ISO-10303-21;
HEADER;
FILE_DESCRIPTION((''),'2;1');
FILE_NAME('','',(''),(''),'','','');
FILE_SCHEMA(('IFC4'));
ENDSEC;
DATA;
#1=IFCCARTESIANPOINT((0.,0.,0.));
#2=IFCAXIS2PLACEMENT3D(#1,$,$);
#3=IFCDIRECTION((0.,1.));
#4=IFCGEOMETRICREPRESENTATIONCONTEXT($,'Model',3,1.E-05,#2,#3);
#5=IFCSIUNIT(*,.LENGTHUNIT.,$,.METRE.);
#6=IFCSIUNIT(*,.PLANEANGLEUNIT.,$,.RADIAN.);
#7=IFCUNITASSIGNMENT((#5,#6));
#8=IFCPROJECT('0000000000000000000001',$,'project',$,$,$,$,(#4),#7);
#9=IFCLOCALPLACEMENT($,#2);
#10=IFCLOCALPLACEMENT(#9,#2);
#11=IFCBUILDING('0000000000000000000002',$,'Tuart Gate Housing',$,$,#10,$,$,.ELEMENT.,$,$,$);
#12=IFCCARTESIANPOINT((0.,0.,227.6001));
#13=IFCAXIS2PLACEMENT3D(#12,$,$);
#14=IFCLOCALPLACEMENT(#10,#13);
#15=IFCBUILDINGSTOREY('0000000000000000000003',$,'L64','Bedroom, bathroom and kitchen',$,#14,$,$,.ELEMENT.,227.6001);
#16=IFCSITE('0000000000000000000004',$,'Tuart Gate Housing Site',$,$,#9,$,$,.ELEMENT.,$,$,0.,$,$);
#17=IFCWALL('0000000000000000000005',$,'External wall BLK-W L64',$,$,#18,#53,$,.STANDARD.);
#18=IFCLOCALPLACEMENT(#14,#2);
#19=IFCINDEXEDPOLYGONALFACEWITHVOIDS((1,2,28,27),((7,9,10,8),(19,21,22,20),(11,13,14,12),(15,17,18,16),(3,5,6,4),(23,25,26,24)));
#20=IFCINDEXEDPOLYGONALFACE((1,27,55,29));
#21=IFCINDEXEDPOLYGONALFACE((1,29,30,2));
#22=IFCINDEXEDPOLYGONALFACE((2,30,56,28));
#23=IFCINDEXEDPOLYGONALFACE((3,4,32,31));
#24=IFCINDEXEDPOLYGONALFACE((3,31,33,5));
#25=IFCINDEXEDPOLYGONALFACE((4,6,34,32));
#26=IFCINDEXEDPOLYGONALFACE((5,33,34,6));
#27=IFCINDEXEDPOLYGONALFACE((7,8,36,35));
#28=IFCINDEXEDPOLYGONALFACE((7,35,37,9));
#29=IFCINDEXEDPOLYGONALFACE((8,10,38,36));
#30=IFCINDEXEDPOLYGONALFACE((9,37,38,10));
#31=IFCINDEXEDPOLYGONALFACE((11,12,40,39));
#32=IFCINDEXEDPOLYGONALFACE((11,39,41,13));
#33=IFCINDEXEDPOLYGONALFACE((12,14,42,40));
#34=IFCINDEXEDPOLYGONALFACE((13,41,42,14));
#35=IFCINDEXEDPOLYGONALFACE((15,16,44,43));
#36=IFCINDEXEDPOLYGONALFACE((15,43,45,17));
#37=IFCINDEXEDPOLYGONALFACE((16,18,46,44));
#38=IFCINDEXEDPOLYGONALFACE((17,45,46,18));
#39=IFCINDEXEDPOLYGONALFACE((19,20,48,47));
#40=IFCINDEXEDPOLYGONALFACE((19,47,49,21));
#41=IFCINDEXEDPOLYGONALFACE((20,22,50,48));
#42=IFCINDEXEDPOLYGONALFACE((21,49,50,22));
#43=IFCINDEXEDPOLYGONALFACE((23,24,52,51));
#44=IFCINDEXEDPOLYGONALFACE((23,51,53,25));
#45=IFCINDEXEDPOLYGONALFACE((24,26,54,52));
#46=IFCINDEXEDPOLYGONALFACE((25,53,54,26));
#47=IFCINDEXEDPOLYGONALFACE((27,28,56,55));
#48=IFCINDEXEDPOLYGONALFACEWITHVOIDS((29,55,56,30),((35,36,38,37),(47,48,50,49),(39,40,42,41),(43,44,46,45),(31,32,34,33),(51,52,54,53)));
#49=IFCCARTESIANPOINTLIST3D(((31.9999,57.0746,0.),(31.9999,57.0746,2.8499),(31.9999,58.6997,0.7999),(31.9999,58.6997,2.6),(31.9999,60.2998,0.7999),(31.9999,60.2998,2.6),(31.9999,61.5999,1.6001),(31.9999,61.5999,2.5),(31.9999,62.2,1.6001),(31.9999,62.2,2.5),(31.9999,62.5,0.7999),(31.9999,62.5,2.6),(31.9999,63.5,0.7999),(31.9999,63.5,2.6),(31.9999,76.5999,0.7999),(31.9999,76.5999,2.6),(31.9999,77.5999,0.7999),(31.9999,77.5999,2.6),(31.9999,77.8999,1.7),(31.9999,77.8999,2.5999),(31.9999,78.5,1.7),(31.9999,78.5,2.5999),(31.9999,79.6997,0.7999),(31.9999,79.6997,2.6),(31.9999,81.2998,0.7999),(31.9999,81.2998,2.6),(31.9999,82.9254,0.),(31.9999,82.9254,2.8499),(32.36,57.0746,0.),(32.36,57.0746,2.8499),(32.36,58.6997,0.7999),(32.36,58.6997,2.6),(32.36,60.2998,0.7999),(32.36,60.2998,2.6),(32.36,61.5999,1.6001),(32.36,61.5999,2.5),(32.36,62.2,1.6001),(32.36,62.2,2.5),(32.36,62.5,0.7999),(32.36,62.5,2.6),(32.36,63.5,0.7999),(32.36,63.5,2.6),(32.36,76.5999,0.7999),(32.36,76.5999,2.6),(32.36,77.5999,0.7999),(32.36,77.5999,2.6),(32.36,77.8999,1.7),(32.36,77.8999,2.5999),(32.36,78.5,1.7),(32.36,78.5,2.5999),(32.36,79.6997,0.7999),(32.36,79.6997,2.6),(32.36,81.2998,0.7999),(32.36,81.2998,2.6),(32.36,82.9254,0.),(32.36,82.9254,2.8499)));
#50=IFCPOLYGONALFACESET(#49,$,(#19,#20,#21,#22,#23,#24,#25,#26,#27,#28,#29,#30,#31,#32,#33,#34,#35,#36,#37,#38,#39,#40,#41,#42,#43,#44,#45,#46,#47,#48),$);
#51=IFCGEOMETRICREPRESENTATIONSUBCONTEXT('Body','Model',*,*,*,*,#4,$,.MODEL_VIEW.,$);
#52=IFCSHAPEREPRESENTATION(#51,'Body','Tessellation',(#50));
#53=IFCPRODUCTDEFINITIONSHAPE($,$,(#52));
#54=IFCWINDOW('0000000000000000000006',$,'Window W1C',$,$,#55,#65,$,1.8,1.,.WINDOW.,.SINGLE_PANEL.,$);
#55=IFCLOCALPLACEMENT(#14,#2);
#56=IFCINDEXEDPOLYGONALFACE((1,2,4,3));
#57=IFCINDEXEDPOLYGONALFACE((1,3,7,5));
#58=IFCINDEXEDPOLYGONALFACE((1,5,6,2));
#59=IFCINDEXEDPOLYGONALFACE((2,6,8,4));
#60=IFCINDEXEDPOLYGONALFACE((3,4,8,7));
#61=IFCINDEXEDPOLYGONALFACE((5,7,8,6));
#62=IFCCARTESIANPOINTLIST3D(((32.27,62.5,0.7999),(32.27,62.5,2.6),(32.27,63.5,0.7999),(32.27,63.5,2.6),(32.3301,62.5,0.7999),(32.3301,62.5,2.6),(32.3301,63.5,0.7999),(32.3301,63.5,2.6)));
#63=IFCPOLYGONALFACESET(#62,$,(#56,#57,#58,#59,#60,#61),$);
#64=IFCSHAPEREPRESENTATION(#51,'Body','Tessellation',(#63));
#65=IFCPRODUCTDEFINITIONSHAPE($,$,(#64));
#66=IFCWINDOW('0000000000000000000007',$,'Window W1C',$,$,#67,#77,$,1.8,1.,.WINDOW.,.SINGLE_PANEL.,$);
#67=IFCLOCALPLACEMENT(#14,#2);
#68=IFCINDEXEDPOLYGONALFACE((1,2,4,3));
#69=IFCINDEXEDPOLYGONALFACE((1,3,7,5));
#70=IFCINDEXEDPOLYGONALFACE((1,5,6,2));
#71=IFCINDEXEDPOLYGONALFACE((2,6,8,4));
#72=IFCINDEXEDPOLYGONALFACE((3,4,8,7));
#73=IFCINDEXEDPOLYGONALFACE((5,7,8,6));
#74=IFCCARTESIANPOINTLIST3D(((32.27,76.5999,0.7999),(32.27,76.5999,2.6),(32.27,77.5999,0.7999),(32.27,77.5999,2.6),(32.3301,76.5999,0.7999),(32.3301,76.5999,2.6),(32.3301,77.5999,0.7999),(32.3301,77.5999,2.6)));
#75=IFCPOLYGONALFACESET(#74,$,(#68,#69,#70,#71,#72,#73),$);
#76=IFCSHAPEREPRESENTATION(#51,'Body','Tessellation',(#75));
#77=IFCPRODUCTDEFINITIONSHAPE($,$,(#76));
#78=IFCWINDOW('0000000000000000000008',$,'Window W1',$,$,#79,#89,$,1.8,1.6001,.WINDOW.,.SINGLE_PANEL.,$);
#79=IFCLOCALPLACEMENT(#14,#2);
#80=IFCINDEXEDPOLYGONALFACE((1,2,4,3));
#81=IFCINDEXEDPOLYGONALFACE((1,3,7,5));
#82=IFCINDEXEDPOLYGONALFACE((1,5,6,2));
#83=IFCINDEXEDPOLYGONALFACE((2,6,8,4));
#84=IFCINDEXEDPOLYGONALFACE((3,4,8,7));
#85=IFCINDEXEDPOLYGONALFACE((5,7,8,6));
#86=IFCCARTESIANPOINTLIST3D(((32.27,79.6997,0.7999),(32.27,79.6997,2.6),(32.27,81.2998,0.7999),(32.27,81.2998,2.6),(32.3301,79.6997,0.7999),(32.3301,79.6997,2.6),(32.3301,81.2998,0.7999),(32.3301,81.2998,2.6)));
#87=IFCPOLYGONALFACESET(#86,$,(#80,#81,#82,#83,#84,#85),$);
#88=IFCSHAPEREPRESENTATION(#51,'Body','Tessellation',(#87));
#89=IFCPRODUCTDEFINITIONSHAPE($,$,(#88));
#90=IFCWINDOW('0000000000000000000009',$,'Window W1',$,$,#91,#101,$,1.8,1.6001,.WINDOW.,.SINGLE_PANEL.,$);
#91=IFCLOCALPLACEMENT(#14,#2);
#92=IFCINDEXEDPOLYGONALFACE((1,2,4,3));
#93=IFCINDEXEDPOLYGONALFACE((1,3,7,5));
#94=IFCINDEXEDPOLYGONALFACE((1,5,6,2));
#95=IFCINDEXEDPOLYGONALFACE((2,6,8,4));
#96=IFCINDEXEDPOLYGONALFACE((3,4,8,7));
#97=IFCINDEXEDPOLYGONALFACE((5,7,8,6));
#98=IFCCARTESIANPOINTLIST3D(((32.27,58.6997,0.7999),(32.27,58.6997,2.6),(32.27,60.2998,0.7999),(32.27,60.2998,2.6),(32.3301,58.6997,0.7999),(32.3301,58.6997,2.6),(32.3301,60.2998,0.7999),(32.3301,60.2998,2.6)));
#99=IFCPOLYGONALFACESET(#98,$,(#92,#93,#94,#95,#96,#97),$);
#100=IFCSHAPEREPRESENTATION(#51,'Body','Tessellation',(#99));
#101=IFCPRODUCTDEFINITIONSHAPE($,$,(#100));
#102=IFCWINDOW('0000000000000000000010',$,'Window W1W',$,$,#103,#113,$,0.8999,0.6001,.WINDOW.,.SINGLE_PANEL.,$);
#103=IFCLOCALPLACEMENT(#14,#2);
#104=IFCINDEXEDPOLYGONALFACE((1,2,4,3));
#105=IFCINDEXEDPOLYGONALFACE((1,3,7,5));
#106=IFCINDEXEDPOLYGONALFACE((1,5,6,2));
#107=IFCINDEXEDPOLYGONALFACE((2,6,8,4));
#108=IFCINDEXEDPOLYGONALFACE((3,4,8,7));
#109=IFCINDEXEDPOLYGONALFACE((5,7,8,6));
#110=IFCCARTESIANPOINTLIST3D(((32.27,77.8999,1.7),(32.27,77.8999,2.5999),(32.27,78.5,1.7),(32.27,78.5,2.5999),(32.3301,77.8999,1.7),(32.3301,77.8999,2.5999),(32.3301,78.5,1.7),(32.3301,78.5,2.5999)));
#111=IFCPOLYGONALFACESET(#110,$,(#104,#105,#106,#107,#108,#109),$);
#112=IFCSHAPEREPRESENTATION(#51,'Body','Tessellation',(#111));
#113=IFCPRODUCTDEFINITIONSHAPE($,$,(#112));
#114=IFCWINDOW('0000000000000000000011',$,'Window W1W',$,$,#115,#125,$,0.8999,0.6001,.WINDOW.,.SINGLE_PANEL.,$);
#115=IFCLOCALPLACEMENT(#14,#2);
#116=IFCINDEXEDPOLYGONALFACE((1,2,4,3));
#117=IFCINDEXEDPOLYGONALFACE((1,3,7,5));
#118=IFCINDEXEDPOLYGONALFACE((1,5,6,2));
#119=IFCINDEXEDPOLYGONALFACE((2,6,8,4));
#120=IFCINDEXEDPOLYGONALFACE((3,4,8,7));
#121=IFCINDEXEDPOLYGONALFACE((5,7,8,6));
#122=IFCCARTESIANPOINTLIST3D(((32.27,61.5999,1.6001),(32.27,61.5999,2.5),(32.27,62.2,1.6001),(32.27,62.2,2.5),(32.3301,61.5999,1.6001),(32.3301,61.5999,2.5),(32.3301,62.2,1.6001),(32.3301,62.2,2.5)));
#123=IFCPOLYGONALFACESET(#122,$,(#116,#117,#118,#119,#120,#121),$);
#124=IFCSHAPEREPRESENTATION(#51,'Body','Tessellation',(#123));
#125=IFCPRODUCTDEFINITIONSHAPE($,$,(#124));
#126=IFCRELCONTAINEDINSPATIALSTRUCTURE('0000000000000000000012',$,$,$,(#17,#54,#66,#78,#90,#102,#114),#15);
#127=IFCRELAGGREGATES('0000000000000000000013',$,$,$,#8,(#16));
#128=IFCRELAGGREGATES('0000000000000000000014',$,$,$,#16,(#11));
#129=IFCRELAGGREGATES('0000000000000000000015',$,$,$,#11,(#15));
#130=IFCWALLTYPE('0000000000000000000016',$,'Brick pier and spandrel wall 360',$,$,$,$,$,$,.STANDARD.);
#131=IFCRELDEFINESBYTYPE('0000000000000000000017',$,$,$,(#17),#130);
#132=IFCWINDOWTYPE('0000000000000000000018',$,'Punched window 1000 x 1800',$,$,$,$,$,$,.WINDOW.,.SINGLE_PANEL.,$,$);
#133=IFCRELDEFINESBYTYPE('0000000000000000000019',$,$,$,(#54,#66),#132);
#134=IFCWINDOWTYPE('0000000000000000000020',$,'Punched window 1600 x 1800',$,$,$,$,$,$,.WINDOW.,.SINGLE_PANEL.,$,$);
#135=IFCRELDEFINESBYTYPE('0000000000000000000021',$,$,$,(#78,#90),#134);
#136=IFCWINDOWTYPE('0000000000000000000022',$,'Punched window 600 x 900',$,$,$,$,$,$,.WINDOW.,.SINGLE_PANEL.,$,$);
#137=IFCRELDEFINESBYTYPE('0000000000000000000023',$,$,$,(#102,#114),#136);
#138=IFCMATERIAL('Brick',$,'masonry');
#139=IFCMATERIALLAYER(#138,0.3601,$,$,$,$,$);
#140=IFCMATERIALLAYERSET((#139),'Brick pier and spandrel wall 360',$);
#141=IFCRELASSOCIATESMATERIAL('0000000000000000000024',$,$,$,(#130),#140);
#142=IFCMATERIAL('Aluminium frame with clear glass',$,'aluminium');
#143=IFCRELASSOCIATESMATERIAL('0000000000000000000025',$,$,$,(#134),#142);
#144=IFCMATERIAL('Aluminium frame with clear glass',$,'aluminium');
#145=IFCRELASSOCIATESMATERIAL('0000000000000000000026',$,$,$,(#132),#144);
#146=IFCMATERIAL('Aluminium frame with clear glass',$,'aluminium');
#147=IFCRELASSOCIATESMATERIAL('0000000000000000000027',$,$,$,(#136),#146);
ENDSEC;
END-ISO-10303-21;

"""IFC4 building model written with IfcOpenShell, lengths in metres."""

from ifc_helpers import new_model, si_unit, direction, frame, frame_2d, origin, place, context, subcontext, project, spatial, rectangle, extrude, material, layer, layer_set, type_object, element, fill, save


model = new_model("IFC4")

# Units and contexts
model_context = context("Model", 3, precision=1e-05, world=origin(), true_north=direction((0.0, 1.0)))
body_context = subcontext(model_context, "Body", "Model", "MODEL_VIEW")
ifc_project = project(units=[si_unit("LENGTHUNIT", "METRE"), si_unit("PLANEANGLEUNIT", "RADIAN")], contexts=[model_context])

# Site, building, storey
site_placement = place(None, origin())
site = spatial("IfcSite", under=ifc_project, at=site_placement, Name="Tuart Gate Housing Site", CompositionType="ELEMENT", RefElevation=0.0)
building_placement = place(site_placement, origin())
building = spatial("IfcBuilding", under=site, at=building_placement, Name="Tuart Gate Housing", CompositionType="ELEMENT")
storey_placement = place(building_placement, frame((0.0, 0.0, 227.6001)))
storey = spatial("IfcBuildingStorey", under=building, at=storey_placement, Name="L64", Description="Bedroom, bathroom and kitchen", CompositionType="ELEMENT", Elevation=227.6001)

# Shared definitions
ifc_material_1 = material(Name="Brick", Category="masonry")
ifc_layer_1 = layer(ifc_material_1, 0.3601)
ifc_layer_set_1 = layer_set([ifc_layer_1], Name="Brick pier and spandrel wall 360")
wall_type_1 = type_object("IfcWallType", Name="Brick pier and spandrel wall 360", PredefinedType="STANDARD", material=ifc_layer_set_1)
ifc_material_2 = material(Name="Aluminium frame with clear glass", Category="aluminium")
window_type_1 = type_object("IfcWindowType", Name="Punched window 1600 x 1800", PartitioningType="SINGLE_PANEL", PredefinedType="WINDOW", material=ifc_material_2)

# Wall, openings, windows
wall_1_placement = place(storey_placement, frame((32.1799, 82.9253, 0.0), z_axis=(0.0, 0.0, 1.0), x_axis=(0.0, -1.0, 0.0)))
wall_1 = element("IfcWall", 1, at=wall_1_placement, inside=storey, type_object=wall_type_1, Name="External wall BLK-W L64", PredefinedType="STANDARD", context=body_context, shape_type="SweptSolid", body=[
    extrude(rectangle(XDim=25.8508, YDim=0.3601, at=frame_2d((12.9253, 0.0))), origin(), (0.0, 0.0, 1.0), 2.8499),
])
opening_1_placement = place(wall_1_placement, frame((1.6255, 0.0, 0.8)))
opening_1 = element("IfcOpeningElement", 2, at=opening_1_placement, cuts=wall_1, PredefinedType="OPENING", context=body_context, shape_type="SweptSolid", body=[
    extrude(rectangle(XDim=1.6001, YDim=1.8, at=frame_2d((0.8, 0.8999))), frame((0.0, 0.1899, 0.0), z_axis=(0.0, -1.0, 0.0), x_axis=(1.0, 0.0, 0.0)), (0.0, 0.0, 1.0), 0.3801),
])
opening_2_placement = place(wall_1_placement, frame((4.4253, 0.0, 1.7)))
opening_2 = element("IfcOpeningElement", 3, at=opening_2_placement, cuts=wall_1, PredefinedType="OPENING", context=body_context, shape_type="SweptSolid", body=[
    extrude(rectangle(XDim=0.6001, YDim=0.8999, at=frame_2d((0.3, 0.45))), frame((0.0, 0.1899, 0.0), z_axis=(0.0, -1.0, 0.0), x_axis=(1.0, 0.0, 0.0)), (0.0, 0.0, 1.0), 0.3801),
])
opening_3_placement = place(wall_1_placement, frame((19.4253, 0.0, 0.8)))
opening_3 = element("IfcOpeningElement", 4, at=opening_3_placement, cuts=wall_1, PredefinedType="OPENING", context=body_context, shape_type="SweptSolid", body=[
    extrude(rectangle(XDim=1.0, YDim=1.8, at=frame_2d((0.5, 0.8999))), frame((0.0, 0.1899, 0.0), z_axis=(0.0, -1.0, 0.0), x_axis=(1.0, 0.0, 0.0)), (0.0, 0.0, 1.0), 0.3801),
])
opening_4_placement = place(wall_1_placement, frame((22.6255, 0.0, 0.8)))
opening_4 = element("IfcOpeningElement", 5, at=opening_4_placement, cuts=wall_1, PredefinedType="OPENING", context=body_context, shape_type="SweptSolid", body=[
    extrude(rectangle(XDim=1.6001, YDim=1.8, at=frame_2d((0.8, 0.8999))), frame((0.0, 0.1899, 0.0), z_axis=(0.0, -1.0, 0.0), x_axis=(1.0, 0.0, 0.0)), (0.0, 0.0, 1.0), 0.3801),
])
opening_5_placement = place(wall_1_placement, frame((5.3254, 0.0, 0.8)))
opening_5 = element("IfcOpeningElement", 6, at=opening_5_placement, cuts=wall_1, PredefinedType="OPENING", context=body_context, shape_type="SweptSolid", body=[
    extrude(rectangle(XDim=1.0, YDim=1.8, at=frame_2d((0.5, 0.8999))), frame((0.0, 0.1899, 0.0), z_axis=(0.0, -1.0, 0.0), x_axis=(1.0, 0.0, 0.0)), (0.0, 0.0, 1.0), 0.3801),
])
opening_6_placement = place(wall_1_placement, frame((20.7253, 0.0, 1.6001)))
opening_6 = element("IfcOpeningElement", 7, at=opening_6_placement, cuts=wall_1, PredefinedType="OPENING", context=body_context, shape_type="SweptSolid", body=[
    extrude(rectangle(XDim=0.6001, YDim=0.8999, at=frame_2d((0.3, 0.45))), frame((0.0, 0.1899, 0.0), z_axis=(0.0, -1.0, 0.0), x_axis=(1.0, 0.0, 0.0)), (0.0, 0.0, 1.0), 0.3801),
])
ifc_material_3 = material(Name="Aluminium frame with clear glass", Category="aluminium")
window_type_2 = type_object("IfcWindowType", Name="Punched window 1000 x 1800", PartitioningType="SINGLE_PANEL", PredefinedType="WINDOW", material=ifc_material_3)
window_1_placement = place(opening_3_placement, origin())
window_1 = element("IfcWindow", 8, at=window_1_placement, inside=storey, type_object=window_type_2, Name="Window W1C", OverallHeight=1.8, OverallWidth=1.0, PartitioningType="SINGLE_PANEL", PredefinedType="WINDOW", context=body_context, shape_type="SweptSolid", body=[
    extrude(rectangle(XDim=1.0, YDim=1.8, at=frame_2d((0.5, 0.8999))), frame((0.0, 0.1501, 0.0), z_axis=(0.0, -1.0, 0.0), x_axis=(1.0, 0.0, 0.0)), (0.0, 0.0, 1.0), 0.0601),
])
fill(opening_3, window_1)
window_2_placement = place(opening_5_placement, origin())
window_2 = element("IfcWindow", 9, at=window_2_placement, inside=storey, type_object=window_type_2, Name="Window W1C", OverallHeight=1.8, OverallWidth=1.0, PartitioningType="SINGLE_PANEL", PredefinedType="WINDOW", context=body_context, shape_type="SweptSolid", body=[
    extrude(rectangle(XDim=1.0, YDim=1.8, at=frame_2d((0.5, 0.8999))), frame((0.0, 0.1501, 0.0), z_axis=(0.0, -1.0, 0.0), x_axis=(1.0, 0.0, 0.0)), (0.0, 0.0, 1.0), 0.0601),
])
fill(opening_5, window_2)
window_3_placement = place(opening_1_placement, origin())
window_3 = element("IfcWindow", 10, at=window_3_placement, inside=storey, type_object=window_type_1, Name="Window W1", OverallHeight=1.8, OverallWidth=1.6001, PartitioningType="SINGLE_PANEL", PredefinedType="WINDOW", context=body_context, shape_type="SweptSolid", body=[
    extrude(rectangle(XDim=1.6001, YDim=1.8, at=frame_2d((0.8, 0.8999))), frame((0.0, 0.1501, 0.0), z_axis=(0.0, -1.0, 0.0), x_axis=(1.0, 0.0, 0.0)), (0.0, 0.0, 1.0), 0.0601),
])
fill(opening_1, window_3)
window_4_placement = place(opening_4_placement, origin())
window_4 = element("IfcWindow", 11, at=window_4_placement, inside=storey, type_object=window_type_1, Name="Window W1", OverallHeight=1.8, OverallWidth=1.6001, PartitioningType="SINGLE_PANEL", PredefinedType="WINDOW", context=body_context, shape_type="SweptSolid", body=[
    extrude(rectangle(XDim=1.6001, YDim=1.8, at=frame_2d((0.8, 0.8999))), frame((0.0, 0.1501, 0.0), z_axis=(0.0, -1.0, 0.0), x_axis=(1.0, 0.0, 0.0)), (0.0, 0.0, 1.0), 0.0601),
])
fill(opening_4, window_4)
ifc_material_4 = material(Name="Aluminium frame with clear glass", Category="aluminium")
window_type_3 = type_object("IfcWindowType", Name="Punched window 600 x 900", PartitioningType="SINGLE_PANEL", PredefinedType="WINDOW", material=ifc_material_4)
window_5_placement = place(opening_2_placement, origin())
window_5 = element("IfcWindow", 12, at=window_5_placement, inside=storey, type_object=window_type_3, Name="Window W1W", OverallHeight=0.8999, OverallWidth=0.6001, PartitioningType="SINGLE_PANEL", PredefinedType="WINDOW", context=body_context, shape_type="SweptSolid", body=[
    extrude(rectangle(XDim=0.6001, YDim=0.8999, at=frame_2d((0.3, 0.45))), frame((0.0, 0.1501, 0.0), z_axis=(0.0, -1.0, 0.0), x_axis=(1.0, 0.0, 0.0)), (0.0, 0.0, 1.0), 0.0601),
])
fill(opening_2, window_5)
window_6_placement = place(opening_6_placement, origin())
window_6 = element("IfcWindow", 13, at=window_6_placement, inside=storey, type_object=window_type_3, Name="Window W1W", OverallHeight=0.8999, OverallWidth=0.6001, PartitioningType="SINGLE_PANEL", PredefinedType="WINDOW", context=body_context, shape_type="SweptSolid", body=[
    extrude(rectangle(XDim=0.6001, YDim=0.8999, at=frame_2d((0.3, 0.45))), frame((0.0, 0.1501, 0.0), z_axis=(0.0, -1.0, 0.0), x_axis=(1.0, 0.0, 0.0)), (0.0, 0.0, 1.0), 0.0601),
])
fill(opening_6, window_6)

save(model, "model.ifc")
